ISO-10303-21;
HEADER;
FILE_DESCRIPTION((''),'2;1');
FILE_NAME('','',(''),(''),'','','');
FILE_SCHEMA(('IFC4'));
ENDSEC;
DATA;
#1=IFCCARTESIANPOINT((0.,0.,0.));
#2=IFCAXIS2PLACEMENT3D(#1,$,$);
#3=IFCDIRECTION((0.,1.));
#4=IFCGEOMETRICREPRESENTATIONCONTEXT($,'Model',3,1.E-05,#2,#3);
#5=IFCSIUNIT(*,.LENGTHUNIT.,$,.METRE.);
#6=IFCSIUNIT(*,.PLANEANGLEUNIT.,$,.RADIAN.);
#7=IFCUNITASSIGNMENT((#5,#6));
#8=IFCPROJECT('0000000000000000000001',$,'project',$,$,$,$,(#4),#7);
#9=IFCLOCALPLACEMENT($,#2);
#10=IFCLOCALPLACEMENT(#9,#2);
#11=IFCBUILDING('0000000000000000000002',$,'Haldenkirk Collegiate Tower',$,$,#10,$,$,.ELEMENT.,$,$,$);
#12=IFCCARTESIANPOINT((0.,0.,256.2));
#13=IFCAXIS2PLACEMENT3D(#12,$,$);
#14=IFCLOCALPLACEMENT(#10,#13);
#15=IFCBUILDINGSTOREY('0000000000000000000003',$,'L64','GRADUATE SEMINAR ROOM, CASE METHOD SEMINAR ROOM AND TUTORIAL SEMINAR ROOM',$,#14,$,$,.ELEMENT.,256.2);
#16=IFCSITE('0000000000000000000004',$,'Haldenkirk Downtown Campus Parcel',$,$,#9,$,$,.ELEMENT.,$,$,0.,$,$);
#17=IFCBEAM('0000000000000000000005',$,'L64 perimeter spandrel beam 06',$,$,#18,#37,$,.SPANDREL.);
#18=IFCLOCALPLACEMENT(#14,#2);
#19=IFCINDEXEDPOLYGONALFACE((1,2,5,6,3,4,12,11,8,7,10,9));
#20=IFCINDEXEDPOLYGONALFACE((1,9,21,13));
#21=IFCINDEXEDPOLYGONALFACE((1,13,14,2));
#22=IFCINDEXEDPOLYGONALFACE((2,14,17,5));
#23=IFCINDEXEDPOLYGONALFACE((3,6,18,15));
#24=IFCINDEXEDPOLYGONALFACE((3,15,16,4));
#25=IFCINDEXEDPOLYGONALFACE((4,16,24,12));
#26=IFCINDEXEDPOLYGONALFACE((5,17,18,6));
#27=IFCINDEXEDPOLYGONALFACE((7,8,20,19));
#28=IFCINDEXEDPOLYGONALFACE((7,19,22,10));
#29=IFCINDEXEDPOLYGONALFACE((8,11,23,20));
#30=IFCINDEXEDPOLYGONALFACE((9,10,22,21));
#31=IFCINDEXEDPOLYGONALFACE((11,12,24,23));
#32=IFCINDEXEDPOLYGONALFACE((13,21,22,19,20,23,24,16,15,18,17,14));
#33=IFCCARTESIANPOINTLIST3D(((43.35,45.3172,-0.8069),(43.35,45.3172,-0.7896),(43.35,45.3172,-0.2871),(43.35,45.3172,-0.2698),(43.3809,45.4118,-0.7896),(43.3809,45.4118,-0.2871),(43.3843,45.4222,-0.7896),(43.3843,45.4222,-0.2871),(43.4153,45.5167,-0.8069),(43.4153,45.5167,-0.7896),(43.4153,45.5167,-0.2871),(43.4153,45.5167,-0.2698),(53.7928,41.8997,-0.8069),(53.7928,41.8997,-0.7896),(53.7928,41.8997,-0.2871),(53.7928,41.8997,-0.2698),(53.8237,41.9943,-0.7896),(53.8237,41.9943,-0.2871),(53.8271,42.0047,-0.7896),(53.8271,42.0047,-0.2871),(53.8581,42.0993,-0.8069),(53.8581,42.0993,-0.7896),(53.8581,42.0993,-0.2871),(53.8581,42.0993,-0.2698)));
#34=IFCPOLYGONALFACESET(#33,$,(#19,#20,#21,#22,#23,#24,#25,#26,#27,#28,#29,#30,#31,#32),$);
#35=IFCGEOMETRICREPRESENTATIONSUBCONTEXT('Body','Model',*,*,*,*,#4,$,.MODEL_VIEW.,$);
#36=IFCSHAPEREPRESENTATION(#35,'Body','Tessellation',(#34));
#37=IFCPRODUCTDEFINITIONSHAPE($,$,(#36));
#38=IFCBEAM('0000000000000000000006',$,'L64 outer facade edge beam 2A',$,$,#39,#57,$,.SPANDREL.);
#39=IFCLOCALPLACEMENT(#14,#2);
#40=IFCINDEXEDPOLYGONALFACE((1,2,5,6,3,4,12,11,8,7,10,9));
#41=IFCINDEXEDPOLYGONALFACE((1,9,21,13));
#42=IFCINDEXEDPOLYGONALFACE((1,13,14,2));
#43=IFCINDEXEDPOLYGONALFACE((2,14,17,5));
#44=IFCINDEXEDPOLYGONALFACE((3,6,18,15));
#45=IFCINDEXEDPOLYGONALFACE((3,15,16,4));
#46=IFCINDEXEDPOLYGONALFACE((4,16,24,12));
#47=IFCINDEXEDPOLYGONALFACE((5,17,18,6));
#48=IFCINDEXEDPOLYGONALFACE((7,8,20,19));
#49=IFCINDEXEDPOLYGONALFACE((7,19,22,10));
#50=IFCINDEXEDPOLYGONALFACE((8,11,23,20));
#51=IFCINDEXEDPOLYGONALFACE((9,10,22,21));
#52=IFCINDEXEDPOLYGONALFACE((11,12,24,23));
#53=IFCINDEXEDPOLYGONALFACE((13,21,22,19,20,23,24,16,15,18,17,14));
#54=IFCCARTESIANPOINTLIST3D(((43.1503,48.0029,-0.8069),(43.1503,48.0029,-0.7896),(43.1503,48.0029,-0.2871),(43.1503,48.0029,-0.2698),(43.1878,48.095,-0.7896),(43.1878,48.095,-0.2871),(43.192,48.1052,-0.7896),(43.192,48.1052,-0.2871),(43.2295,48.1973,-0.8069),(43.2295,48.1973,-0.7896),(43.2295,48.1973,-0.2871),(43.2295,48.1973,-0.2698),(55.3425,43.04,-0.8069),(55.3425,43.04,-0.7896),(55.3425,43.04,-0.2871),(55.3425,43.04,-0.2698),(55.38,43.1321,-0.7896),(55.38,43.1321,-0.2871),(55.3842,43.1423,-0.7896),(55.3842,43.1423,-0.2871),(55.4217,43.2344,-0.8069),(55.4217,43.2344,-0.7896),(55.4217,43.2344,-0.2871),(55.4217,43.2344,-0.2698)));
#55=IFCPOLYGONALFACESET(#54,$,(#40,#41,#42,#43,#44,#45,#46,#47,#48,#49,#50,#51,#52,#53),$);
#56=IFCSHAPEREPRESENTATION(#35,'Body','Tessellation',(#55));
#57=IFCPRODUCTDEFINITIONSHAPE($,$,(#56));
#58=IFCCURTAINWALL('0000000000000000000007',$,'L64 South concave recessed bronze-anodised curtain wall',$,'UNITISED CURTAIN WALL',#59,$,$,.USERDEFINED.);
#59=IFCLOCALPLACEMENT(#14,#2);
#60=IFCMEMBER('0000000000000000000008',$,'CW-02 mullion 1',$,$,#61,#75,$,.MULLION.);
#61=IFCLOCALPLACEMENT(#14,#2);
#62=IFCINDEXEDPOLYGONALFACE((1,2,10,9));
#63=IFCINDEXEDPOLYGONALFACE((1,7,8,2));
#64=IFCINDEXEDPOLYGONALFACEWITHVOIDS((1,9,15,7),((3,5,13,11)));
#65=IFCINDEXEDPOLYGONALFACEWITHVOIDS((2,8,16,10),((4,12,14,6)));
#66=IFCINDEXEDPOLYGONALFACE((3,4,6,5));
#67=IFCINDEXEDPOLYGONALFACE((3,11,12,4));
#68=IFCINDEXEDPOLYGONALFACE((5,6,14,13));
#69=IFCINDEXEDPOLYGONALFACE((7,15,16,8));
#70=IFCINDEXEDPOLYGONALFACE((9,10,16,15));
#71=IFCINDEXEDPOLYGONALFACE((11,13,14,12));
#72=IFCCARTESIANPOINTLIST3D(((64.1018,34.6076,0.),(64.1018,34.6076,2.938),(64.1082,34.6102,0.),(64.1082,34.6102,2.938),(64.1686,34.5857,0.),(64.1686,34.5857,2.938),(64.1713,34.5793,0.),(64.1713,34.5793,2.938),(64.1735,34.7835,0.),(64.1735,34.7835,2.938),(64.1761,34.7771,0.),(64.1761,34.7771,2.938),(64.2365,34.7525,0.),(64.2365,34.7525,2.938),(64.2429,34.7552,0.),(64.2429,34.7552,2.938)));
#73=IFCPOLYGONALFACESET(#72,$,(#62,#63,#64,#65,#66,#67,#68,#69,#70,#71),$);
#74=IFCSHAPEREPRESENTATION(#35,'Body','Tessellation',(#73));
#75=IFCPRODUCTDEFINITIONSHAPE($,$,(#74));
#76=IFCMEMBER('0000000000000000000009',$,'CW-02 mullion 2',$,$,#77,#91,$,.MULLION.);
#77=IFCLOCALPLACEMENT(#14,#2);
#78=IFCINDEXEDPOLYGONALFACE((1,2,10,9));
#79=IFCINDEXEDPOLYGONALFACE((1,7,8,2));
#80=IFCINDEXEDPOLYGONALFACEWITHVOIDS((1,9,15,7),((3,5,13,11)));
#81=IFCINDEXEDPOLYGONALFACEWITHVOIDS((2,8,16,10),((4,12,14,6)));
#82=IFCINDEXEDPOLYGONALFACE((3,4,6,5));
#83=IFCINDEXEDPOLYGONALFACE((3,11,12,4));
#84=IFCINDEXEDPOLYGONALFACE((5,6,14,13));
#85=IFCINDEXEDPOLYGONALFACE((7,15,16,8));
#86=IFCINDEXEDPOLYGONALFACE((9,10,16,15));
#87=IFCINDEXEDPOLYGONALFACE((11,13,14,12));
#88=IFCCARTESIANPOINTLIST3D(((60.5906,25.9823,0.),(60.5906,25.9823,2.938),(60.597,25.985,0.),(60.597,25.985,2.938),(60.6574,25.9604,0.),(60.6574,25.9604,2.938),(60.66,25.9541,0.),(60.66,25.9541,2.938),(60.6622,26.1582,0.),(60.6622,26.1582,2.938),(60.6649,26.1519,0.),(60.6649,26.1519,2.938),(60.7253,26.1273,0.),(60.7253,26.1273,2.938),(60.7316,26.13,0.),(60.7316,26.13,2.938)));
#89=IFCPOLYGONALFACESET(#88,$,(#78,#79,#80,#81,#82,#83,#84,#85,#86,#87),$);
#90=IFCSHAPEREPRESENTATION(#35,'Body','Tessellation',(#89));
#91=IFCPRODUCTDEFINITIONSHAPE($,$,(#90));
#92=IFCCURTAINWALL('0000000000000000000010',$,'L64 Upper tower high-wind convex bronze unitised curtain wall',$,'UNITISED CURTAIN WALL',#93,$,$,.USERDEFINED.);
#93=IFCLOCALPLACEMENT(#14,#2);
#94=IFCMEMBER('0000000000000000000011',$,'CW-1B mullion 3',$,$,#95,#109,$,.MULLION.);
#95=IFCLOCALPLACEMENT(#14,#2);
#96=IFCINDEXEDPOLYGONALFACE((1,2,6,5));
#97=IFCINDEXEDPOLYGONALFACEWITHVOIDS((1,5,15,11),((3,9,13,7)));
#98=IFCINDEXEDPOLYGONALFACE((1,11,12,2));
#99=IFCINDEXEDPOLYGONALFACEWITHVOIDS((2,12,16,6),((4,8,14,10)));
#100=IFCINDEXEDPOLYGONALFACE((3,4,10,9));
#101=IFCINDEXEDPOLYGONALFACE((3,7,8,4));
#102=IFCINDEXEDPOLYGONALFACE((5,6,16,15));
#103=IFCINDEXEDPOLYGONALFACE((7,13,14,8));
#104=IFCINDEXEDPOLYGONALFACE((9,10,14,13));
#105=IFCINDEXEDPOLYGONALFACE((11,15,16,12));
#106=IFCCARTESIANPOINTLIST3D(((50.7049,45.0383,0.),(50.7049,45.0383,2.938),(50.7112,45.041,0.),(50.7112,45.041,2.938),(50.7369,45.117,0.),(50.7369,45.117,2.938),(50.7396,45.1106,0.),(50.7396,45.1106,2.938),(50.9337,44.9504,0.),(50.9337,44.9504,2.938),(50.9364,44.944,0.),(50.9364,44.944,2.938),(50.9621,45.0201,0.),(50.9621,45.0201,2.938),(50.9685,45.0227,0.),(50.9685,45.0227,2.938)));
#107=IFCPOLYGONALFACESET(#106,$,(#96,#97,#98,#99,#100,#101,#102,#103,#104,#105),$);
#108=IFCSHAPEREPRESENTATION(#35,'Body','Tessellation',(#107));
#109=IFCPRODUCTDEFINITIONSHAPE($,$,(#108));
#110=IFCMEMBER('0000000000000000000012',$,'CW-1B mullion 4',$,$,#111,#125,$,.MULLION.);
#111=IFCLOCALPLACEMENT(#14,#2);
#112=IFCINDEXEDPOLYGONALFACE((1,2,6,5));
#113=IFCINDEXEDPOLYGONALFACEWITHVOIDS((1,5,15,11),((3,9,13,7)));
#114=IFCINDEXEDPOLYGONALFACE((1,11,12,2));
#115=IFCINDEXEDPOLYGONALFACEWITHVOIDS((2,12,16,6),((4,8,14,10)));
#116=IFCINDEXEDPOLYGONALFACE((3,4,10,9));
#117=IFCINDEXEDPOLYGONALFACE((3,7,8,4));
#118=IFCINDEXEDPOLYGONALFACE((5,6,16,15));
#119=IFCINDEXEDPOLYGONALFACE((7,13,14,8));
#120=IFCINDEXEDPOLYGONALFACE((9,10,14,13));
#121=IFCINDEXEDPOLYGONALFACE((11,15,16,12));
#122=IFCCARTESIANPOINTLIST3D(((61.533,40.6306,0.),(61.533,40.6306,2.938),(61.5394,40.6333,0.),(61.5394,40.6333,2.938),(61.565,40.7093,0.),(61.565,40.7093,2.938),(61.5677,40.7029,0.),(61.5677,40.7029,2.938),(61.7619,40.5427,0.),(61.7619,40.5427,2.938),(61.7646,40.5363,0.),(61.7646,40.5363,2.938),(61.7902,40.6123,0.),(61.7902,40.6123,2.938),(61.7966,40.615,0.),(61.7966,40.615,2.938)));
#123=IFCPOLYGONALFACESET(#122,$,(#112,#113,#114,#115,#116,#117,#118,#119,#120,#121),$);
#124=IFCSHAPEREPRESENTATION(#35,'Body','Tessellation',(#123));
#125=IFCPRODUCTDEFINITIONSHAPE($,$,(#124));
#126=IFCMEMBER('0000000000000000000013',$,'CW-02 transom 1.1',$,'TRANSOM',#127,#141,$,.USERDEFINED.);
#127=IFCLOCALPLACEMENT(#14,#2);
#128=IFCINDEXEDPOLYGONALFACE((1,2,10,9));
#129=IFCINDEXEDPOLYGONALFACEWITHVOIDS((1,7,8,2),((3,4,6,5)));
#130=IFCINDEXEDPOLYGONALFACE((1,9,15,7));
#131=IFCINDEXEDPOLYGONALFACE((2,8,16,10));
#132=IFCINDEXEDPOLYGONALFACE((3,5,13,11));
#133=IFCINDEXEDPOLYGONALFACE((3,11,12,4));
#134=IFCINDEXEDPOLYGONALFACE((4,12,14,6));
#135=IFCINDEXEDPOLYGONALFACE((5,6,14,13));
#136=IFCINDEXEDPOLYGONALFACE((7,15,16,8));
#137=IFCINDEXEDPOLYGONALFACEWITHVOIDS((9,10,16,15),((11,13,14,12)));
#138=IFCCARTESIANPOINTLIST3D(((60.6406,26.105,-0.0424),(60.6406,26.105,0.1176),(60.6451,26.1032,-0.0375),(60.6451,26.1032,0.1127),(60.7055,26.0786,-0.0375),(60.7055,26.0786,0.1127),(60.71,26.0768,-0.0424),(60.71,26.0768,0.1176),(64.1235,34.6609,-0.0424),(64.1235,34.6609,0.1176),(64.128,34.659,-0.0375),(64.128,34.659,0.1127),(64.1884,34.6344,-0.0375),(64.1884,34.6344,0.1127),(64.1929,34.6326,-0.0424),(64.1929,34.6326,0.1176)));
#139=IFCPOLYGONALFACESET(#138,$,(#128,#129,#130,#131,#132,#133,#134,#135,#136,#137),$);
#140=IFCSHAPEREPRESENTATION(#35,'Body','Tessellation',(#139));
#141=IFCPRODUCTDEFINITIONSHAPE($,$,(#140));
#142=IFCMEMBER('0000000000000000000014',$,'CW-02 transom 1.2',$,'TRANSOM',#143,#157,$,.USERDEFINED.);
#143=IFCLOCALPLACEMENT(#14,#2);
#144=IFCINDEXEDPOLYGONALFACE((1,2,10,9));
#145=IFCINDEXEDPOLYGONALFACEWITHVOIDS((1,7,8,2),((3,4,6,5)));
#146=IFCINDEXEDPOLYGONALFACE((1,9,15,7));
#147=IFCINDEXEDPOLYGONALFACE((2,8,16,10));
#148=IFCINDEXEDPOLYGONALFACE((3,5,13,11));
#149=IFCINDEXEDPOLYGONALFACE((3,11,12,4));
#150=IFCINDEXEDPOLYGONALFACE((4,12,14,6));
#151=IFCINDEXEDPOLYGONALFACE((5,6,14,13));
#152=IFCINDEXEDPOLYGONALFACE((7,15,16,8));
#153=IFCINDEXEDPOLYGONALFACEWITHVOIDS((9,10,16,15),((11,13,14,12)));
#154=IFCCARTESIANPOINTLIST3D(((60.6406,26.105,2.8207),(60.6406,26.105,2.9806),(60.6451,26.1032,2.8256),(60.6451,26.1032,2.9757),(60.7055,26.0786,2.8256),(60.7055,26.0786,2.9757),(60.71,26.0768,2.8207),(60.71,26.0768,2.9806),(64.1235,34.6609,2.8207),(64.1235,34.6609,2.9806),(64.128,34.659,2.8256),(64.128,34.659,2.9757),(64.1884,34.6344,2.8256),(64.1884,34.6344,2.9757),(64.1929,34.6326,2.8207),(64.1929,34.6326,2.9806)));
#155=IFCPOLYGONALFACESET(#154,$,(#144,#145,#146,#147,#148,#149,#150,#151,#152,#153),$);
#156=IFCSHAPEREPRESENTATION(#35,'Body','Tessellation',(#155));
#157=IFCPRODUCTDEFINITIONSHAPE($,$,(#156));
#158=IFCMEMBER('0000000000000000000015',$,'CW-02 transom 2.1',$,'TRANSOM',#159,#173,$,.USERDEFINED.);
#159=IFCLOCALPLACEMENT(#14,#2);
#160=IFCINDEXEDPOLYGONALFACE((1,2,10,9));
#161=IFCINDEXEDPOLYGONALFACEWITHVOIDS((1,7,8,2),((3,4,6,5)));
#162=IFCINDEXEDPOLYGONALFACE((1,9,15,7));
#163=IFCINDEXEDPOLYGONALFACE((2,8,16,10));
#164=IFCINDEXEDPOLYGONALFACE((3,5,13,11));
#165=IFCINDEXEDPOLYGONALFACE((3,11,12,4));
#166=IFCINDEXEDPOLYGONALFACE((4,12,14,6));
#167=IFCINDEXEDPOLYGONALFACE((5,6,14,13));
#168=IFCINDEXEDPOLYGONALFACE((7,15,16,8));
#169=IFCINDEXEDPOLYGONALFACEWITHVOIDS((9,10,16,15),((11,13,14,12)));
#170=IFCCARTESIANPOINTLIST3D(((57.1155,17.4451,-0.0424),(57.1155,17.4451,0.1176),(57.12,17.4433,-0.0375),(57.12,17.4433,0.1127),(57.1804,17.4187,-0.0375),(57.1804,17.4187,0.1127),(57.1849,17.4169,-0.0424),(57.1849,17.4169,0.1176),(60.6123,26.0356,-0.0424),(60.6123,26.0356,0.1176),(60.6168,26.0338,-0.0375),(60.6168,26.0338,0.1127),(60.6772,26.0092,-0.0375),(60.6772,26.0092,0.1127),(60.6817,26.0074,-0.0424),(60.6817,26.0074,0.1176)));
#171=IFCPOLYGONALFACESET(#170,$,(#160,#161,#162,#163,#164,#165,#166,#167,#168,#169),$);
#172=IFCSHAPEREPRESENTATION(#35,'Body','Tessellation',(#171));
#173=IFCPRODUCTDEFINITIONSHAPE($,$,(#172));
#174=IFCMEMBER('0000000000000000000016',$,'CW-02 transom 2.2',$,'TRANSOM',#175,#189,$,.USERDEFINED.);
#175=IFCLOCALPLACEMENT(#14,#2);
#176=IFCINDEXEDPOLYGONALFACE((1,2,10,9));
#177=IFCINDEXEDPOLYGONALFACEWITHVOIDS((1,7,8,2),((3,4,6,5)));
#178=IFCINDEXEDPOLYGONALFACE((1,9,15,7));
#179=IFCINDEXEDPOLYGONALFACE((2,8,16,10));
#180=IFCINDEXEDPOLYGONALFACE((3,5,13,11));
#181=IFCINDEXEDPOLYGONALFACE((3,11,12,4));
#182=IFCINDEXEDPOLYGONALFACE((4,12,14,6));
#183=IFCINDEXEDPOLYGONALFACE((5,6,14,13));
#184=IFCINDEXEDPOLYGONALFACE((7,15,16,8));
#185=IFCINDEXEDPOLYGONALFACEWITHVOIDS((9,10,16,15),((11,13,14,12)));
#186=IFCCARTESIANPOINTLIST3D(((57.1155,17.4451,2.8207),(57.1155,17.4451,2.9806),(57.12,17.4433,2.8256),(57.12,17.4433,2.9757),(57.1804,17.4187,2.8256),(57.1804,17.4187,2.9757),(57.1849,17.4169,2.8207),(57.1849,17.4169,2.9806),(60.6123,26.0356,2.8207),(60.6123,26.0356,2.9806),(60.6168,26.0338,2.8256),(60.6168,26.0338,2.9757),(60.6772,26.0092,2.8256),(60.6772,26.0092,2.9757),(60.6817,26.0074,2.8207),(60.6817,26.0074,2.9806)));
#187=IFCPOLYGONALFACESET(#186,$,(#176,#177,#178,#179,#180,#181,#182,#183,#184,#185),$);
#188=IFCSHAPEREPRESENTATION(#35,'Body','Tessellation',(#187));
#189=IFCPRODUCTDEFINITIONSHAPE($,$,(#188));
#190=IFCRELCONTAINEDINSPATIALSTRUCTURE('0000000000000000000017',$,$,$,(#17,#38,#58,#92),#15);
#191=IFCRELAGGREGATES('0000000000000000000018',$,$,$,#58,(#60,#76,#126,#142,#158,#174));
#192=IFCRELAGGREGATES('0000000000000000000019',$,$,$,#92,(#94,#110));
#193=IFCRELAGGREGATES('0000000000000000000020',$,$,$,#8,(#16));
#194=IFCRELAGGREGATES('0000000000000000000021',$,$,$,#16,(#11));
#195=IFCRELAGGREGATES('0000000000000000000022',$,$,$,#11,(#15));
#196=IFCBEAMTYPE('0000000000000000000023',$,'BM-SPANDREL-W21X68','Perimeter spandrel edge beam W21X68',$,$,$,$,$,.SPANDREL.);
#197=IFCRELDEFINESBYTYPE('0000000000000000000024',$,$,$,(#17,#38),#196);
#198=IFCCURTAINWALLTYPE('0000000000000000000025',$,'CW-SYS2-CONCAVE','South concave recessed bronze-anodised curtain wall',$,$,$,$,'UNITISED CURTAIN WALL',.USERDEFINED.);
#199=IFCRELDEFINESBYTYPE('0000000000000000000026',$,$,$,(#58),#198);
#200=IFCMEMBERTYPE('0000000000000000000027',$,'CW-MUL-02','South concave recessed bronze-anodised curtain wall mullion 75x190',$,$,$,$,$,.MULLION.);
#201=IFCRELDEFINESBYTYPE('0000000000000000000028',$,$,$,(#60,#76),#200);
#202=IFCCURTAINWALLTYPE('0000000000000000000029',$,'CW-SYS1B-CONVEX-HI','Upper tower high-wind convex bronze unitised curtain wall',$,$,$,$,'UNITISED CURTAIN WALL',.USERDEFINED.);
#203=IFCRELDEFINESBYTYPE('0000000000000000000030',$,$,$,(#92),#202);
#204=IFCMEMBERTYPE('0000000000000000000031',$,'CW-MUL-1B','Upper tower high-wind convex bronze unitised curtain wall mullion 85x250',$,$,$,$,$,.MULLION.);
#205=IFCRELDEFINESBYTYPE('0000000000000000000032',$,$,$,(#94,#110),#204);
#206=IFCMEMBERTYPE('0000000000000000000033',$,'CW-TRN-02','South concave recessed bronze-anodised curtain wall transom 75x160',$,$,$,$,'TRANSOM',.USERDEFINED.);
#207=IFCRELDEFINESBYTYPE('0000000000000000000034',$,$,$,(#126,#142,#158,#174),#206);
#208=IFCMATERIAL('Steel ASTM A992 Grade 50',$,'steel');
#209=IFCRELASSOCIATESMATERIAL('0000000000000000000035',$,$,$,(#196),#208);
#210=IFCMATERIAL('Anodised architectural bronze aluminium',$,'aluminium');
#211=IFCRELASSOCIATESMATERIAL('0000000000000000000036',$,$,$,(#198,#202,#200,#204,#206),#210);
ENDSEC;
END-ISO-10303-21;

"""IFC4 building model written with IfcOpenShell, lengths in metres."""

from ifc_helpers import new_model, si_unit, direction, frame, origin, origin_2d, place, context, subcontext, project, spatial, hollow_rectangle, i_section, extrude, material, material_profile, profile_set, type_object, element, aggregate, save


model = new_model("IFC4")

# Units and contexts
model_context = context("Model", 3, precision=1e-05, world=origin(), true_north=direction((0.0, 1.0)))
body_context = subcontext(model_context, "Body", "Model", "MODEL_VIEW")
ifc_project = project(units=[si_unit("LENGTHUNIT", "METRE"), si_unit("PLANEANGLEUNIT", "RADIAN")], contexts=[model_context])

# Site, building, storey
site_placement = place(None, origin())
site = spatial("IfcSite", under=ifc_project, at=site_placement, Name="Haldenkirk Downtown Campus Parcel", CompositionType="ELEMENT", RefElevation=0.0)
building_placement = place(site_placement, origin())
building = spatial("IfcBuilding", under=site, at=building_placement, Name="Haldenkirk Collegiate Tower", CompositionType="ELEMENT")
storey_placement = place(building_placement, frame((0.0, 0.0, 256.2)))
storey = spatial("IfcBuildingStorey", under=building, at=storey_placement, Name="L64", Description="GRADUATE SEMINAR ROOM, CASE METHOD SEMINAR ROOM AND TUTORIAL SEMINAR ROOM", CompositionType="ELEMENT", Elevation=256.2)

# Beams
ifc_material_1 = material(Name="Steel ASTM A992 Grade 50", Category="steel")
ifc_material_profile_1 = material_profile(ifc_material_1, i_section(OverallWidth=0.21, OverallDepth=0.5371, WebThickness=0.011, FlangeThickness=0.0173, at=origin_2d()), Name="W21X68")
ifc_profile_set_1 = profile_set([ifc_material_profile_1], Name="Steel ASTM A992 Grade 50")
beam_type_1 = type_object("IfcBeamType", Name="BM-SPANDREL-W21X68", Description="Perimeter spandrel edge beam W21X68", PredefinedType="SPANDREL", material=ifc_profile_set_1)
beam_1_placement = place(storey_placement, frame((53.8254, 41.9995, -0.5383), z_axis=(-0.950402, 0.311024, 0.0), x_axis=(-0.311024, -0.950402, 0.0)))
element("IfcBeam", 1, at=beam_1_placement, inside=storey, type_object=beam_type_1, Name="L64 perimeter spandrel beam 06", PredefinedType="SPANDREL", context=body_context, shape_type="SweptSolid", body=[
    extrude(i_section(OverallWidth=0.21, OverallDepth=0.5371, WebThickness=0.011, FlangeThickness=0.0173, at=origin_2d()), origin(), (0.0, 0.0, 1.0), 10.9878),
])
beam_2_placement = place(storey_placement, frame((55.3821, 43.1372, -0.5383), z_axis=(-0.926206, 0.377018, 0.0), x_axis=(-0.377018, -0.926206, 0.0)))
element("IfcBeam", 2, at=beam_2_placement, inside=storey, type_object=beam_type_1, Name="L64 outer facade edge beam 2A", PredefinedType="SPANDREL", context=body_context, shape_type="SweptSolid", body=[
    extrude(i_section(OverallWidth=0.21, OverallDepth=0.5371, WebThickness=0.011, FlangeThickness=0.0173, at=origin_2d()), origin(), (0.0, 0.0, 1.0), 13.1636),
])

# Curtain walls, members
ifc_material_2 = material(Name="Anodised architectural bronze aluminium", Category="aluminium")
curtain_wall_type_1 = type_object("IfcCurtainWallType", Name="CW-SYS2-CONCAVE", Description="South concave recessed bronze-anodised curtain wall", ElementType="UNITISED CURTAIN WALL", PredefinedType="USERDEFINED", material=ifc_material_2)
curtain_wall_1_placement = place(storey_placement, origin())
curtain_wall_1 = element("IfcCurtainWall", 3, at=curtain_wall_1_placement, inside=storey, type_object=curtain_wall_type_1, Name="L64 South concave recessed bronze-anodised curtain wall", ObjectType="UNITISED CURTAIN WALL", PredefinedType="USERDEFINED")
ifc_material_profile_2 = material_profile(ifc_material_2, hollow_rectangle(XDim=0.075, YDim=0.1899, WallThickness=0.0049, at=origin_2d()), Name="CW-MUL-02")
ifc_profile_set_2 = profile_set([ifc_material_profile_2], Name="Anodised architectural bronze aluminium")
member_type_1 = type_object("IfcMemberType", Name="CW-MUL-02", Description="South concave recessed bronze-anodised curtain wall mullion 75x190", PredefinedType="MULLION", material=ifc_profile_set_2)
member_1_placement = place(storey_placement, frame((64.1724, 34.6814, 0.0), z_axis=(0.0, 0.0, 1.0), x_axis=(0.9262, -0.377032, 0.0)))
member_1 = element("IfcMember", 4, at=member_1_placement, type_object=member_type_1, Name="CW-02 mullion 1", PredefinedType="MULLION", context=body_context, shape_type="SweptSolid", body=[
    extrude(hollow_rectangle(XDim=0.075, YDim=0.1899, WallThickness=0.0049, at=origin_2d()), origin(), (0.0, 0.0, 1.0), 2.938),
])
member_2_placement = place(storey_placement, frame((60.6611, 26.0562, 0.0), z_axis=(0.0, 0.0, 1.0), x_axis=(0.9262, -0.377032, 0.0)))
member_2 = element("IfcMember", 5, at=member_2_placement, type_object=member_type_1, Name="CW-02 mullion 2", PredefinedType="MULLION", context=body_context, shape_type="SweptSolid", body=[
    extrude(hollow_rectangle(XDim=0.075, YDim=0.1899, WallThickness=0.0049, at=origin_2d()), origin(), (0.0, 0.0, 1.0), 2.938),
])
curtain_wall_type_2 = type_object("IfcCurtainWallType", Name="CW-SYS1B-CONVEX-HI", Description="Upper tower high-wind convex bronze unitised curtain wall", ElementType="UNITISED CURTAIN WALL", PredefinedType="USERDEFINED", material=ifc_material_2)
curtain_wall_2_placement = place(storey_placement, origin())
curtain_wall_2 = element("IfcCurtainWall", 6, at=curtain_wall_2_placement, inside=storey, type_object=curtain_wall_type_2, Name="L64 Upper tower high-wind convex bronze unitised curtain wall", ObjectType="UNITISED CURTAIN WALL", PredefinedType="USERDEFINED")
ifc_material_profile_3 = material_profile(ifc_material_2, hollow_rectangle(XDim=0.085, YDim=0.25, WallThickness=0.0049, at=origin_2d()), Name="CW-MUL-1B")
ifc_profile_set_3 = profile_set([ifc_material_profile_3], Name="Anodised architectural bronze aluminium")
member_type_2 = type_object("IfcMemberType", Name="CW-MUL-1B", Description="Upper tower high-wind convex bronze unitised curtain wall mullion 85x250", PredefinedType="MULLION", material=ifc_profile_set_3)
member_3_placement = place(storey_placement, frame((50.8367, 45.0305, 0.0), z_axis=(0.0, 0.0, 1.0), x_axis=(0.377034, 0.926199, 0.0)))
member_3 = element("IfcMember", 7, at=member_3_placement, type_object=member_type_2, Name="CW-1B mullion 3", PredefinedType="MULLION", context=body_context, shape_type="SweptSolid", body=[
    extrude(hollow_rectangle(XDim=0.085, YDim=0.25, WallThickness=0.0049, at=origin_2d()), origin(), (0.0, 0.0, 1.0), 2.938),
])
member_4_placement = place(storey_placement, frame((61.6648, 40.6228, 0.0), z_axis=(0.0, 0.0, 1.0), x_axis=(0.377034, 0.926199, 0.0)))
member_4 = element("IfcMember", 8, at=member_4_placement, type_object=member_type_2, Name="CW-1B mullion 4", PredefinedType="MULLION", context=body_context, shape_type="SweptSolid", body=[
    extrude(hollow_rectangle(XDim=0.085, YDim=0.25, WallThickness=0.0049, at=origin_2d()), origin(), (0.0, 0.0, 1.0), 2.938),
])

# Members
ifc_material_profile_4 = material_profile(ifc_material_2, hollow_rectangle(XDim=0.075, YDim=0.1599, WallThickness=0.0049, at=origin_2d()), Name="CW-TRN-02")
ifc_profile_set_4 = profile_set([ifc_material_profile_4], Name="Anodised architectural bronze aluminium")
member_type_3 = type_object("IfcMemberType", Name="CW-TRN-02", Description="South concave recessed bronze-anodised curtain wall transom 75x160", ElementType="TRANSOM", PredefinedType="USERDEFINED", material=ifc_profile_set_4)
member_5_placement = place(storey_placement, frame((64.1582, 34.6467, 0.0376), z_axis=(-0.377034, -0.926199, 0.0), x_axis=(0.926199, -0.377034, 0.0)))
member_5 = element("IfcMember", 9, at=member_5_placement, type_object=member_type_3, Name="CW-02 transom 1.1", ObjectType="TRANSOM", PredefinedType="USERDEFINED", context=body_context, shape_type="SweptSolid", body=[
    extrude(hollow_rectangle(XDim=0.075, YDim=0.1599, WallThickness=0.0049, at=origin_2d()), origin(), (0.0, 0.0, 1.0), 9.2375),
])
member_6_placement = place(storey_placement, frame((64.1582, 34.6467, 2.9006), z_axis=(-0.377034, -0.926199, 0.0), x_axis=(0.926199, -0.377034, 0.0)))
member_6 = element("IfcMember", 10, at=member_6_placement, type_object=member_type_3, Name="CW-02 transom 1.2", ObjectType="TRANSOM", PredefinedType="USERDEFINED", context=body_context, shape_type="SweptSolid", body=[
    extrude(hollow_rectangle(XDim=0.075, YDim=0.1599, WallThickness=0.0049, at=origin_2d()), origin(), (0.0, 0.0, 1.0), 9.2375),
])
member_7_placement = place(storey_placement, frame((60.647, 26.0215, 0.0376), z_axis=(-0.377016, -0.926207, 0.0), x_axis=(0.926207, -0.377016, 0.0)))
member_7 = element("IfcMember", 11, at=member_7_placement, type_object=member_type_3, Name="CW-02 transom 2.1", ObjectType="TRANSOM", PredefinedType="USERDEFINED", context=body_context, shape_type="SweptSolid", body=[
    extrude(hollow_rectangle(XDim=0.075, YDim=0.1599, WallThickness=0.0049, at=origin_2d()), origin(), (0.0, 0.0, 1.0), 9.2749),
])
member_8_placement = place(storey_placement, frame((60.647, 26.0215, 2.9006), z_axis=(-0.377016, -0.926207, 0.0), x_axis=(0.926207, -0.377016, 0.0)))
member_8 = element("IfcMember", 12, at=member_8_placement, type_object=member_type_3, Name="CW-02 transom 2.2", ObjectType="TRANSOM", PredefinedType="USERDEFINED", context=body_context, shape_type="SweptSolid", body=[
    extrude(hollow_rectangle(XDim=0.075, YDim=0.1599, WallThickness=0.0049, at=origin_2d()), origin(), (0.0, 0.0, 1.0), 9.2749),
])

aggregate(curtain_wall_1, [member_1, member_2, member_5, member_6, member_7, member_8])
aggregate(curtain_wall_2, [member_3, member_4])

save(model, "model.ifc")
